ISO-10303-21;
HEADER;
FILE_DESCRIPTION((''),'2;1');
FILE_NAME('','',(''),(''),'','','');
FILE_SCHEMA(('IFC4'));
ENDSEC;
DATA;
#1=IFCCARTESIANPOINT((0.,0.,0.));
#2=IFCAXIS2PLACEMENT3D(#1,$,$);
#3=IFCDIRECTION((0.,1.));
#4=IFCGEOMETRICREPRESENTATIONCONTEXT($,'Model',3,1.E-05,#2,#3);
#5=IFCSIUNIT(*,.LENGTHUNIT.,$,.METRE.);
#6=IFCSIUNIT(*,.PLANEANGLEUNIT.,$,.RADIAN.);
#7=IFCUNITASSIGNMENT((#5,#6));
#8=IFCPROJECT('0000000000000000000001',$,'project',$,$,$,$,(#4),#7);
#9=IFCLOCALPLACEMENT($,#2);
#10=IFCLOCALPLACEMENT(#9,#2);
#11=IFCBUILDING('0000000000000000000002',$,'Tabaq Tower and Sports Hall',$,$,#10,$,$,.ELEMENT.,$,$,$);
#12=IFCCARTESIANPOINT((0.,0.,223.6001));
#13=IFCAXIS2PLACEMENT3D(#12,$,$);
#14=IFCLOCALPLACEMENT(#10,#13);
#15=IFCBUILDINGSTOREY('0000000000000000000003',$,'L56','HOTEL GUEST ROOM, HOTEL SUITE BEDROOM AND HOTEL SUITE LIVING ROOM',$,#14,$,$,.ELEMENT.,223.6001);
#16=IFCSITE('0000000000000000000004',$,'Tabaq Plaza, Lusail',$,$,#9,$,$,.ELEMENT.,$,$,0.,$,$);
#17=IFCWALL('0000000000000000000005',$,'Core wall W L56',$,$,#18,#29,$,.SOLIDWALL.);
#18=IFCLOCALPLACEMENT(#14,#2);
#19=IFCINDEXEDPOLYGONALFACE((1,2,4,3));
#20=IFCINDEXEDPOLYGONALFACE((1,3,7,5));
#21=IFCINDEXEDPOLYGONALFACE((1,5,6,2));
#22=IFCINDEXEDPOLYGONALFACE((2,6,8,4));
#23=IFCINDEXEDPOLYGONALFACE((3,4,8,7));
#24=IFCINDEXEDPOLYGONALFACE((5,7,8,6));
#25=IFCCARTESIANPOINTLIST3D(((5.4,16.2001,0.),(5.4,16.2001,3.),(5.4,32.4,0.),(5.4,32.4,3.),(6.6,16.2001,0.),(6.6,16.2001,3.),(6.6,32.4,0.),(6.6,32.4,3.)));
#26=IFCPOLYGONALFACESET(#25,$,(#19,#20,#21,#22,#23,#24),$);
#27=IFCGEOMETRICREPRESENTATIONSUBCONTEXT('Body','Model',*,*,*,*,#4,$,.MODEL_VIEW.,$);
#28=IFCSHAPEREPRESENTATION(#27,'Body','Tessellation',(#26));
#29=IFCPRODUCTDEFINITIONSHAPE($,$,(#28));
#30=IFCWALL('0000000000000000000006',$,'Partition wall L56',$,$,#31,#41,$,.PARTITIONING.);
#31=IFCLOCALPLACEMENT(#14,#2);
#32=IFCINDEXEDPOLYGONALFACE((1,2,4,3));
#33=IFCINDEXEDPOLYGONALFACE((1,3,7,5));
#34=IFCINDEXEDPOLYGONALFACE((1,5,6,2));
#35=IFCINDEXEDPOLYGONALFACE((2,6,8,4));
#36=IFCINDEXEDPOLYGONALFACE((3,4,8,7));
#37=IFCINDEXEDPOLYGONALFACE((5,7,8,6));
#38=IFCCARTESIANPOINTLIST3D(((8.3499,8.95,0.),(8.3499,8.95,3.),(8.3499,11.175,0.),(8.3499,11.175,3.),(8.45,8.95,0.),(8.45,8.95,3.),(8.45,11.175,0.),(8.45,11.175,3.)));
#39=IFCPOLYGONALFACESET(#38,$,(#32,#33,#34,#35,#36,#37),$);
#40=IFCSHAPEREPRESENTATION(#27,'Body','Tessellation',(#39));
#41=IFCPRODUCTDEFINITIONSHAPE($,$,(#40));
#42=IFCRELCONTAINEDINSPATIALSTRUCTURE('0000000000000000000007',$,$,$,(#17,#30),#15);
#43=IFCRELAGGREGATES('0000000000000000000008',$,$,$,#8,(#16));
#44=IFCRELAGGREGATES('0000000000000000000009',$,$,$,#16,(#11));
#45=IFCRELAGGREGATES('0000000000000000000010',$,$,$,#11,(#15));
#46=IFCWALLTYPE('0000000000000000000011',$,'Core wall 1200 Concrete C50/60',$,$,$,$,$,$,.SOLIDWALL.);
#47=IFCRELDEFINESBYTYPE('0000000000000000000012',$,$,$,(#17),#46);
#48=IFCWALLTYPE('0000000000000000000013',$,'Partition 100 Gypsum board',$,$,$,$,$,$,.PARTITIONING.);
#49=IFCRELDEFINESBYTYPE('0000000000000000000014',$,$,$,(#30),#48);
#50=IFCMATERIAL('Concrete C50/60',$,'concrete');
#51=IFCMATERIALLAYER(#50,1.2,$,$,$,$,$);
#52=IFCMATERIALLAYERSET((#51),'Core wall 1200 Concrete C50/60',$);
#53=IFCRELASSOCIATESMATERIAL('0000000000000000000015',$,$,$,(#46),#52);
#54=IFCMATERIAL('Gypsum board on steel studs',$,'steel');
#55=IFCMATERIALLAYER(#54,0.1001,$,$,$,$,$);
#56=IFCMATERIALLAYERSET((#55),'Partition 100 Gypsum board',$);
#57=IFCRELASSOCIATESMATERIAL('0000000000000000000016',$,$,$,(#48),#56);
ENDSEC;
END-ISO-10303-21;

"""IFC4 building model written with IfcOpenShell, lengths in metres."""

from ifc_helpers import new_model, si_unit, direction, frame, frame_2d, origin, place, context, subcontext, project, spatial, rectangle, extrude, material, layer, layer_set, type_object, element, save


model = new_model("IFC4")

# Units and contexts
model_context = context("Model", 3, precision=1e-05, world=origin(), true_north=direction((0.0, 1.0)))
body_context = subcontext(model_context, "Body", "Model", "MODEL_VIEW")
ifc_project = project(units=[si_unit("LENGTHUNIT", "METRE"), si_unit("PLANEANGLEUNIT", "RADIAN")], contexts=[model_context])

# Site, building, storey
site_placement = place(None, origin())
site = spatial("IfcSite", under=ifc_project, at=site_placement, Name="Tabaq Plaza, Lusail", CompositionType="ELEMENT", RefElevation=0.0)
building_placement = place(site_placement, origin())
building = spatial("IfcBuilding", under=site, at=building_placement, Name="Tabaq Tower and Sports Hall", CompositionType="ELEMENT")
storey_placement = place(building_placement, frame((0.0, 0.0, 223.6001)))
storey = spatial("IfcBuildingStorey", under=building, at=storey_placement, Name="L56", Description="HOTEL GUEST ROOM, HOTEL SUITE BEDROOM AND HOTEL SUITE LIVING ROOM", CompositionType="ELEMENT", Elevation=223.6001)

# Walls
ifc_material_1 = material(Name="Concrete C50/60", Category="concrete")
ifc_layer_1 = layer(ifc_material_1, 1.2)
ifc_layer_set_1 = layer_set([ifc_layer_1], Name="Core wall 1200 Concrete C50/60")
wall_type_1 = type_object("IfcWallType", Name="Core wall 1200 Concrete C50/60", PredefinedType="SOLIDWALL", material=ifc_layer_set_1)
wall_1_placement = place(storey_placement, frame((6.0, 16.2, 0.0), z_axis=(0.0, 0.0, 1.0), x_axis=(0.0, 1.0, 0.0)))
element("IfcWall", 1, at=wall_1_placement, inside=storey, type_object=wall_type_1, Name="Core wall W L56", PredefinedType="SOLIDWALL", context=body_context, shape_type="SweptSolid", body=[
    extrude(rectangle(XDim=16.2, YDim=1.2, at=frame_2d((8.1001, 0.0))), origin(), (0.0, 0.0, 1.0), 3.0),
])
ifc_material_2 = material(Name="Gypsum board on steel studs", Category="steel")
ifc_layer_2 = layer(ifc_material_2, 0.1001)
ifc_layer_set_2 = layer_set([ifc_layer_2], Name="Partition 100 Gypsum board")
wall_type_2 = type_object("IfcWallType", Name="Partition 100 Gypsum board", PredefinedType="PARTITIONING", material=ifc_layer_set_2)
wall_2_placement = place(storey_placement, frame((8.3999, 11.175, 0.0), z_axis=(0.0, 0.0, 1.0), x_axis=(0.0, -1.0, 0.0)))
element("IfcWall", 2, at=wall_2_placement, inside=storey, type_object=wall_type_2, Name="Partition wall L56", PredefinedType="PARTITIONING", context=body_context, shape_type="SweptSolid", body=[
    extrude(rectangle(XDim=2.2251, YDim=0.1001, at=frame_2d((1.1125, 0.0))), origin(), (0.0, 0.0, 1.0), 3.0),
])

save(model, "model.ifc")
